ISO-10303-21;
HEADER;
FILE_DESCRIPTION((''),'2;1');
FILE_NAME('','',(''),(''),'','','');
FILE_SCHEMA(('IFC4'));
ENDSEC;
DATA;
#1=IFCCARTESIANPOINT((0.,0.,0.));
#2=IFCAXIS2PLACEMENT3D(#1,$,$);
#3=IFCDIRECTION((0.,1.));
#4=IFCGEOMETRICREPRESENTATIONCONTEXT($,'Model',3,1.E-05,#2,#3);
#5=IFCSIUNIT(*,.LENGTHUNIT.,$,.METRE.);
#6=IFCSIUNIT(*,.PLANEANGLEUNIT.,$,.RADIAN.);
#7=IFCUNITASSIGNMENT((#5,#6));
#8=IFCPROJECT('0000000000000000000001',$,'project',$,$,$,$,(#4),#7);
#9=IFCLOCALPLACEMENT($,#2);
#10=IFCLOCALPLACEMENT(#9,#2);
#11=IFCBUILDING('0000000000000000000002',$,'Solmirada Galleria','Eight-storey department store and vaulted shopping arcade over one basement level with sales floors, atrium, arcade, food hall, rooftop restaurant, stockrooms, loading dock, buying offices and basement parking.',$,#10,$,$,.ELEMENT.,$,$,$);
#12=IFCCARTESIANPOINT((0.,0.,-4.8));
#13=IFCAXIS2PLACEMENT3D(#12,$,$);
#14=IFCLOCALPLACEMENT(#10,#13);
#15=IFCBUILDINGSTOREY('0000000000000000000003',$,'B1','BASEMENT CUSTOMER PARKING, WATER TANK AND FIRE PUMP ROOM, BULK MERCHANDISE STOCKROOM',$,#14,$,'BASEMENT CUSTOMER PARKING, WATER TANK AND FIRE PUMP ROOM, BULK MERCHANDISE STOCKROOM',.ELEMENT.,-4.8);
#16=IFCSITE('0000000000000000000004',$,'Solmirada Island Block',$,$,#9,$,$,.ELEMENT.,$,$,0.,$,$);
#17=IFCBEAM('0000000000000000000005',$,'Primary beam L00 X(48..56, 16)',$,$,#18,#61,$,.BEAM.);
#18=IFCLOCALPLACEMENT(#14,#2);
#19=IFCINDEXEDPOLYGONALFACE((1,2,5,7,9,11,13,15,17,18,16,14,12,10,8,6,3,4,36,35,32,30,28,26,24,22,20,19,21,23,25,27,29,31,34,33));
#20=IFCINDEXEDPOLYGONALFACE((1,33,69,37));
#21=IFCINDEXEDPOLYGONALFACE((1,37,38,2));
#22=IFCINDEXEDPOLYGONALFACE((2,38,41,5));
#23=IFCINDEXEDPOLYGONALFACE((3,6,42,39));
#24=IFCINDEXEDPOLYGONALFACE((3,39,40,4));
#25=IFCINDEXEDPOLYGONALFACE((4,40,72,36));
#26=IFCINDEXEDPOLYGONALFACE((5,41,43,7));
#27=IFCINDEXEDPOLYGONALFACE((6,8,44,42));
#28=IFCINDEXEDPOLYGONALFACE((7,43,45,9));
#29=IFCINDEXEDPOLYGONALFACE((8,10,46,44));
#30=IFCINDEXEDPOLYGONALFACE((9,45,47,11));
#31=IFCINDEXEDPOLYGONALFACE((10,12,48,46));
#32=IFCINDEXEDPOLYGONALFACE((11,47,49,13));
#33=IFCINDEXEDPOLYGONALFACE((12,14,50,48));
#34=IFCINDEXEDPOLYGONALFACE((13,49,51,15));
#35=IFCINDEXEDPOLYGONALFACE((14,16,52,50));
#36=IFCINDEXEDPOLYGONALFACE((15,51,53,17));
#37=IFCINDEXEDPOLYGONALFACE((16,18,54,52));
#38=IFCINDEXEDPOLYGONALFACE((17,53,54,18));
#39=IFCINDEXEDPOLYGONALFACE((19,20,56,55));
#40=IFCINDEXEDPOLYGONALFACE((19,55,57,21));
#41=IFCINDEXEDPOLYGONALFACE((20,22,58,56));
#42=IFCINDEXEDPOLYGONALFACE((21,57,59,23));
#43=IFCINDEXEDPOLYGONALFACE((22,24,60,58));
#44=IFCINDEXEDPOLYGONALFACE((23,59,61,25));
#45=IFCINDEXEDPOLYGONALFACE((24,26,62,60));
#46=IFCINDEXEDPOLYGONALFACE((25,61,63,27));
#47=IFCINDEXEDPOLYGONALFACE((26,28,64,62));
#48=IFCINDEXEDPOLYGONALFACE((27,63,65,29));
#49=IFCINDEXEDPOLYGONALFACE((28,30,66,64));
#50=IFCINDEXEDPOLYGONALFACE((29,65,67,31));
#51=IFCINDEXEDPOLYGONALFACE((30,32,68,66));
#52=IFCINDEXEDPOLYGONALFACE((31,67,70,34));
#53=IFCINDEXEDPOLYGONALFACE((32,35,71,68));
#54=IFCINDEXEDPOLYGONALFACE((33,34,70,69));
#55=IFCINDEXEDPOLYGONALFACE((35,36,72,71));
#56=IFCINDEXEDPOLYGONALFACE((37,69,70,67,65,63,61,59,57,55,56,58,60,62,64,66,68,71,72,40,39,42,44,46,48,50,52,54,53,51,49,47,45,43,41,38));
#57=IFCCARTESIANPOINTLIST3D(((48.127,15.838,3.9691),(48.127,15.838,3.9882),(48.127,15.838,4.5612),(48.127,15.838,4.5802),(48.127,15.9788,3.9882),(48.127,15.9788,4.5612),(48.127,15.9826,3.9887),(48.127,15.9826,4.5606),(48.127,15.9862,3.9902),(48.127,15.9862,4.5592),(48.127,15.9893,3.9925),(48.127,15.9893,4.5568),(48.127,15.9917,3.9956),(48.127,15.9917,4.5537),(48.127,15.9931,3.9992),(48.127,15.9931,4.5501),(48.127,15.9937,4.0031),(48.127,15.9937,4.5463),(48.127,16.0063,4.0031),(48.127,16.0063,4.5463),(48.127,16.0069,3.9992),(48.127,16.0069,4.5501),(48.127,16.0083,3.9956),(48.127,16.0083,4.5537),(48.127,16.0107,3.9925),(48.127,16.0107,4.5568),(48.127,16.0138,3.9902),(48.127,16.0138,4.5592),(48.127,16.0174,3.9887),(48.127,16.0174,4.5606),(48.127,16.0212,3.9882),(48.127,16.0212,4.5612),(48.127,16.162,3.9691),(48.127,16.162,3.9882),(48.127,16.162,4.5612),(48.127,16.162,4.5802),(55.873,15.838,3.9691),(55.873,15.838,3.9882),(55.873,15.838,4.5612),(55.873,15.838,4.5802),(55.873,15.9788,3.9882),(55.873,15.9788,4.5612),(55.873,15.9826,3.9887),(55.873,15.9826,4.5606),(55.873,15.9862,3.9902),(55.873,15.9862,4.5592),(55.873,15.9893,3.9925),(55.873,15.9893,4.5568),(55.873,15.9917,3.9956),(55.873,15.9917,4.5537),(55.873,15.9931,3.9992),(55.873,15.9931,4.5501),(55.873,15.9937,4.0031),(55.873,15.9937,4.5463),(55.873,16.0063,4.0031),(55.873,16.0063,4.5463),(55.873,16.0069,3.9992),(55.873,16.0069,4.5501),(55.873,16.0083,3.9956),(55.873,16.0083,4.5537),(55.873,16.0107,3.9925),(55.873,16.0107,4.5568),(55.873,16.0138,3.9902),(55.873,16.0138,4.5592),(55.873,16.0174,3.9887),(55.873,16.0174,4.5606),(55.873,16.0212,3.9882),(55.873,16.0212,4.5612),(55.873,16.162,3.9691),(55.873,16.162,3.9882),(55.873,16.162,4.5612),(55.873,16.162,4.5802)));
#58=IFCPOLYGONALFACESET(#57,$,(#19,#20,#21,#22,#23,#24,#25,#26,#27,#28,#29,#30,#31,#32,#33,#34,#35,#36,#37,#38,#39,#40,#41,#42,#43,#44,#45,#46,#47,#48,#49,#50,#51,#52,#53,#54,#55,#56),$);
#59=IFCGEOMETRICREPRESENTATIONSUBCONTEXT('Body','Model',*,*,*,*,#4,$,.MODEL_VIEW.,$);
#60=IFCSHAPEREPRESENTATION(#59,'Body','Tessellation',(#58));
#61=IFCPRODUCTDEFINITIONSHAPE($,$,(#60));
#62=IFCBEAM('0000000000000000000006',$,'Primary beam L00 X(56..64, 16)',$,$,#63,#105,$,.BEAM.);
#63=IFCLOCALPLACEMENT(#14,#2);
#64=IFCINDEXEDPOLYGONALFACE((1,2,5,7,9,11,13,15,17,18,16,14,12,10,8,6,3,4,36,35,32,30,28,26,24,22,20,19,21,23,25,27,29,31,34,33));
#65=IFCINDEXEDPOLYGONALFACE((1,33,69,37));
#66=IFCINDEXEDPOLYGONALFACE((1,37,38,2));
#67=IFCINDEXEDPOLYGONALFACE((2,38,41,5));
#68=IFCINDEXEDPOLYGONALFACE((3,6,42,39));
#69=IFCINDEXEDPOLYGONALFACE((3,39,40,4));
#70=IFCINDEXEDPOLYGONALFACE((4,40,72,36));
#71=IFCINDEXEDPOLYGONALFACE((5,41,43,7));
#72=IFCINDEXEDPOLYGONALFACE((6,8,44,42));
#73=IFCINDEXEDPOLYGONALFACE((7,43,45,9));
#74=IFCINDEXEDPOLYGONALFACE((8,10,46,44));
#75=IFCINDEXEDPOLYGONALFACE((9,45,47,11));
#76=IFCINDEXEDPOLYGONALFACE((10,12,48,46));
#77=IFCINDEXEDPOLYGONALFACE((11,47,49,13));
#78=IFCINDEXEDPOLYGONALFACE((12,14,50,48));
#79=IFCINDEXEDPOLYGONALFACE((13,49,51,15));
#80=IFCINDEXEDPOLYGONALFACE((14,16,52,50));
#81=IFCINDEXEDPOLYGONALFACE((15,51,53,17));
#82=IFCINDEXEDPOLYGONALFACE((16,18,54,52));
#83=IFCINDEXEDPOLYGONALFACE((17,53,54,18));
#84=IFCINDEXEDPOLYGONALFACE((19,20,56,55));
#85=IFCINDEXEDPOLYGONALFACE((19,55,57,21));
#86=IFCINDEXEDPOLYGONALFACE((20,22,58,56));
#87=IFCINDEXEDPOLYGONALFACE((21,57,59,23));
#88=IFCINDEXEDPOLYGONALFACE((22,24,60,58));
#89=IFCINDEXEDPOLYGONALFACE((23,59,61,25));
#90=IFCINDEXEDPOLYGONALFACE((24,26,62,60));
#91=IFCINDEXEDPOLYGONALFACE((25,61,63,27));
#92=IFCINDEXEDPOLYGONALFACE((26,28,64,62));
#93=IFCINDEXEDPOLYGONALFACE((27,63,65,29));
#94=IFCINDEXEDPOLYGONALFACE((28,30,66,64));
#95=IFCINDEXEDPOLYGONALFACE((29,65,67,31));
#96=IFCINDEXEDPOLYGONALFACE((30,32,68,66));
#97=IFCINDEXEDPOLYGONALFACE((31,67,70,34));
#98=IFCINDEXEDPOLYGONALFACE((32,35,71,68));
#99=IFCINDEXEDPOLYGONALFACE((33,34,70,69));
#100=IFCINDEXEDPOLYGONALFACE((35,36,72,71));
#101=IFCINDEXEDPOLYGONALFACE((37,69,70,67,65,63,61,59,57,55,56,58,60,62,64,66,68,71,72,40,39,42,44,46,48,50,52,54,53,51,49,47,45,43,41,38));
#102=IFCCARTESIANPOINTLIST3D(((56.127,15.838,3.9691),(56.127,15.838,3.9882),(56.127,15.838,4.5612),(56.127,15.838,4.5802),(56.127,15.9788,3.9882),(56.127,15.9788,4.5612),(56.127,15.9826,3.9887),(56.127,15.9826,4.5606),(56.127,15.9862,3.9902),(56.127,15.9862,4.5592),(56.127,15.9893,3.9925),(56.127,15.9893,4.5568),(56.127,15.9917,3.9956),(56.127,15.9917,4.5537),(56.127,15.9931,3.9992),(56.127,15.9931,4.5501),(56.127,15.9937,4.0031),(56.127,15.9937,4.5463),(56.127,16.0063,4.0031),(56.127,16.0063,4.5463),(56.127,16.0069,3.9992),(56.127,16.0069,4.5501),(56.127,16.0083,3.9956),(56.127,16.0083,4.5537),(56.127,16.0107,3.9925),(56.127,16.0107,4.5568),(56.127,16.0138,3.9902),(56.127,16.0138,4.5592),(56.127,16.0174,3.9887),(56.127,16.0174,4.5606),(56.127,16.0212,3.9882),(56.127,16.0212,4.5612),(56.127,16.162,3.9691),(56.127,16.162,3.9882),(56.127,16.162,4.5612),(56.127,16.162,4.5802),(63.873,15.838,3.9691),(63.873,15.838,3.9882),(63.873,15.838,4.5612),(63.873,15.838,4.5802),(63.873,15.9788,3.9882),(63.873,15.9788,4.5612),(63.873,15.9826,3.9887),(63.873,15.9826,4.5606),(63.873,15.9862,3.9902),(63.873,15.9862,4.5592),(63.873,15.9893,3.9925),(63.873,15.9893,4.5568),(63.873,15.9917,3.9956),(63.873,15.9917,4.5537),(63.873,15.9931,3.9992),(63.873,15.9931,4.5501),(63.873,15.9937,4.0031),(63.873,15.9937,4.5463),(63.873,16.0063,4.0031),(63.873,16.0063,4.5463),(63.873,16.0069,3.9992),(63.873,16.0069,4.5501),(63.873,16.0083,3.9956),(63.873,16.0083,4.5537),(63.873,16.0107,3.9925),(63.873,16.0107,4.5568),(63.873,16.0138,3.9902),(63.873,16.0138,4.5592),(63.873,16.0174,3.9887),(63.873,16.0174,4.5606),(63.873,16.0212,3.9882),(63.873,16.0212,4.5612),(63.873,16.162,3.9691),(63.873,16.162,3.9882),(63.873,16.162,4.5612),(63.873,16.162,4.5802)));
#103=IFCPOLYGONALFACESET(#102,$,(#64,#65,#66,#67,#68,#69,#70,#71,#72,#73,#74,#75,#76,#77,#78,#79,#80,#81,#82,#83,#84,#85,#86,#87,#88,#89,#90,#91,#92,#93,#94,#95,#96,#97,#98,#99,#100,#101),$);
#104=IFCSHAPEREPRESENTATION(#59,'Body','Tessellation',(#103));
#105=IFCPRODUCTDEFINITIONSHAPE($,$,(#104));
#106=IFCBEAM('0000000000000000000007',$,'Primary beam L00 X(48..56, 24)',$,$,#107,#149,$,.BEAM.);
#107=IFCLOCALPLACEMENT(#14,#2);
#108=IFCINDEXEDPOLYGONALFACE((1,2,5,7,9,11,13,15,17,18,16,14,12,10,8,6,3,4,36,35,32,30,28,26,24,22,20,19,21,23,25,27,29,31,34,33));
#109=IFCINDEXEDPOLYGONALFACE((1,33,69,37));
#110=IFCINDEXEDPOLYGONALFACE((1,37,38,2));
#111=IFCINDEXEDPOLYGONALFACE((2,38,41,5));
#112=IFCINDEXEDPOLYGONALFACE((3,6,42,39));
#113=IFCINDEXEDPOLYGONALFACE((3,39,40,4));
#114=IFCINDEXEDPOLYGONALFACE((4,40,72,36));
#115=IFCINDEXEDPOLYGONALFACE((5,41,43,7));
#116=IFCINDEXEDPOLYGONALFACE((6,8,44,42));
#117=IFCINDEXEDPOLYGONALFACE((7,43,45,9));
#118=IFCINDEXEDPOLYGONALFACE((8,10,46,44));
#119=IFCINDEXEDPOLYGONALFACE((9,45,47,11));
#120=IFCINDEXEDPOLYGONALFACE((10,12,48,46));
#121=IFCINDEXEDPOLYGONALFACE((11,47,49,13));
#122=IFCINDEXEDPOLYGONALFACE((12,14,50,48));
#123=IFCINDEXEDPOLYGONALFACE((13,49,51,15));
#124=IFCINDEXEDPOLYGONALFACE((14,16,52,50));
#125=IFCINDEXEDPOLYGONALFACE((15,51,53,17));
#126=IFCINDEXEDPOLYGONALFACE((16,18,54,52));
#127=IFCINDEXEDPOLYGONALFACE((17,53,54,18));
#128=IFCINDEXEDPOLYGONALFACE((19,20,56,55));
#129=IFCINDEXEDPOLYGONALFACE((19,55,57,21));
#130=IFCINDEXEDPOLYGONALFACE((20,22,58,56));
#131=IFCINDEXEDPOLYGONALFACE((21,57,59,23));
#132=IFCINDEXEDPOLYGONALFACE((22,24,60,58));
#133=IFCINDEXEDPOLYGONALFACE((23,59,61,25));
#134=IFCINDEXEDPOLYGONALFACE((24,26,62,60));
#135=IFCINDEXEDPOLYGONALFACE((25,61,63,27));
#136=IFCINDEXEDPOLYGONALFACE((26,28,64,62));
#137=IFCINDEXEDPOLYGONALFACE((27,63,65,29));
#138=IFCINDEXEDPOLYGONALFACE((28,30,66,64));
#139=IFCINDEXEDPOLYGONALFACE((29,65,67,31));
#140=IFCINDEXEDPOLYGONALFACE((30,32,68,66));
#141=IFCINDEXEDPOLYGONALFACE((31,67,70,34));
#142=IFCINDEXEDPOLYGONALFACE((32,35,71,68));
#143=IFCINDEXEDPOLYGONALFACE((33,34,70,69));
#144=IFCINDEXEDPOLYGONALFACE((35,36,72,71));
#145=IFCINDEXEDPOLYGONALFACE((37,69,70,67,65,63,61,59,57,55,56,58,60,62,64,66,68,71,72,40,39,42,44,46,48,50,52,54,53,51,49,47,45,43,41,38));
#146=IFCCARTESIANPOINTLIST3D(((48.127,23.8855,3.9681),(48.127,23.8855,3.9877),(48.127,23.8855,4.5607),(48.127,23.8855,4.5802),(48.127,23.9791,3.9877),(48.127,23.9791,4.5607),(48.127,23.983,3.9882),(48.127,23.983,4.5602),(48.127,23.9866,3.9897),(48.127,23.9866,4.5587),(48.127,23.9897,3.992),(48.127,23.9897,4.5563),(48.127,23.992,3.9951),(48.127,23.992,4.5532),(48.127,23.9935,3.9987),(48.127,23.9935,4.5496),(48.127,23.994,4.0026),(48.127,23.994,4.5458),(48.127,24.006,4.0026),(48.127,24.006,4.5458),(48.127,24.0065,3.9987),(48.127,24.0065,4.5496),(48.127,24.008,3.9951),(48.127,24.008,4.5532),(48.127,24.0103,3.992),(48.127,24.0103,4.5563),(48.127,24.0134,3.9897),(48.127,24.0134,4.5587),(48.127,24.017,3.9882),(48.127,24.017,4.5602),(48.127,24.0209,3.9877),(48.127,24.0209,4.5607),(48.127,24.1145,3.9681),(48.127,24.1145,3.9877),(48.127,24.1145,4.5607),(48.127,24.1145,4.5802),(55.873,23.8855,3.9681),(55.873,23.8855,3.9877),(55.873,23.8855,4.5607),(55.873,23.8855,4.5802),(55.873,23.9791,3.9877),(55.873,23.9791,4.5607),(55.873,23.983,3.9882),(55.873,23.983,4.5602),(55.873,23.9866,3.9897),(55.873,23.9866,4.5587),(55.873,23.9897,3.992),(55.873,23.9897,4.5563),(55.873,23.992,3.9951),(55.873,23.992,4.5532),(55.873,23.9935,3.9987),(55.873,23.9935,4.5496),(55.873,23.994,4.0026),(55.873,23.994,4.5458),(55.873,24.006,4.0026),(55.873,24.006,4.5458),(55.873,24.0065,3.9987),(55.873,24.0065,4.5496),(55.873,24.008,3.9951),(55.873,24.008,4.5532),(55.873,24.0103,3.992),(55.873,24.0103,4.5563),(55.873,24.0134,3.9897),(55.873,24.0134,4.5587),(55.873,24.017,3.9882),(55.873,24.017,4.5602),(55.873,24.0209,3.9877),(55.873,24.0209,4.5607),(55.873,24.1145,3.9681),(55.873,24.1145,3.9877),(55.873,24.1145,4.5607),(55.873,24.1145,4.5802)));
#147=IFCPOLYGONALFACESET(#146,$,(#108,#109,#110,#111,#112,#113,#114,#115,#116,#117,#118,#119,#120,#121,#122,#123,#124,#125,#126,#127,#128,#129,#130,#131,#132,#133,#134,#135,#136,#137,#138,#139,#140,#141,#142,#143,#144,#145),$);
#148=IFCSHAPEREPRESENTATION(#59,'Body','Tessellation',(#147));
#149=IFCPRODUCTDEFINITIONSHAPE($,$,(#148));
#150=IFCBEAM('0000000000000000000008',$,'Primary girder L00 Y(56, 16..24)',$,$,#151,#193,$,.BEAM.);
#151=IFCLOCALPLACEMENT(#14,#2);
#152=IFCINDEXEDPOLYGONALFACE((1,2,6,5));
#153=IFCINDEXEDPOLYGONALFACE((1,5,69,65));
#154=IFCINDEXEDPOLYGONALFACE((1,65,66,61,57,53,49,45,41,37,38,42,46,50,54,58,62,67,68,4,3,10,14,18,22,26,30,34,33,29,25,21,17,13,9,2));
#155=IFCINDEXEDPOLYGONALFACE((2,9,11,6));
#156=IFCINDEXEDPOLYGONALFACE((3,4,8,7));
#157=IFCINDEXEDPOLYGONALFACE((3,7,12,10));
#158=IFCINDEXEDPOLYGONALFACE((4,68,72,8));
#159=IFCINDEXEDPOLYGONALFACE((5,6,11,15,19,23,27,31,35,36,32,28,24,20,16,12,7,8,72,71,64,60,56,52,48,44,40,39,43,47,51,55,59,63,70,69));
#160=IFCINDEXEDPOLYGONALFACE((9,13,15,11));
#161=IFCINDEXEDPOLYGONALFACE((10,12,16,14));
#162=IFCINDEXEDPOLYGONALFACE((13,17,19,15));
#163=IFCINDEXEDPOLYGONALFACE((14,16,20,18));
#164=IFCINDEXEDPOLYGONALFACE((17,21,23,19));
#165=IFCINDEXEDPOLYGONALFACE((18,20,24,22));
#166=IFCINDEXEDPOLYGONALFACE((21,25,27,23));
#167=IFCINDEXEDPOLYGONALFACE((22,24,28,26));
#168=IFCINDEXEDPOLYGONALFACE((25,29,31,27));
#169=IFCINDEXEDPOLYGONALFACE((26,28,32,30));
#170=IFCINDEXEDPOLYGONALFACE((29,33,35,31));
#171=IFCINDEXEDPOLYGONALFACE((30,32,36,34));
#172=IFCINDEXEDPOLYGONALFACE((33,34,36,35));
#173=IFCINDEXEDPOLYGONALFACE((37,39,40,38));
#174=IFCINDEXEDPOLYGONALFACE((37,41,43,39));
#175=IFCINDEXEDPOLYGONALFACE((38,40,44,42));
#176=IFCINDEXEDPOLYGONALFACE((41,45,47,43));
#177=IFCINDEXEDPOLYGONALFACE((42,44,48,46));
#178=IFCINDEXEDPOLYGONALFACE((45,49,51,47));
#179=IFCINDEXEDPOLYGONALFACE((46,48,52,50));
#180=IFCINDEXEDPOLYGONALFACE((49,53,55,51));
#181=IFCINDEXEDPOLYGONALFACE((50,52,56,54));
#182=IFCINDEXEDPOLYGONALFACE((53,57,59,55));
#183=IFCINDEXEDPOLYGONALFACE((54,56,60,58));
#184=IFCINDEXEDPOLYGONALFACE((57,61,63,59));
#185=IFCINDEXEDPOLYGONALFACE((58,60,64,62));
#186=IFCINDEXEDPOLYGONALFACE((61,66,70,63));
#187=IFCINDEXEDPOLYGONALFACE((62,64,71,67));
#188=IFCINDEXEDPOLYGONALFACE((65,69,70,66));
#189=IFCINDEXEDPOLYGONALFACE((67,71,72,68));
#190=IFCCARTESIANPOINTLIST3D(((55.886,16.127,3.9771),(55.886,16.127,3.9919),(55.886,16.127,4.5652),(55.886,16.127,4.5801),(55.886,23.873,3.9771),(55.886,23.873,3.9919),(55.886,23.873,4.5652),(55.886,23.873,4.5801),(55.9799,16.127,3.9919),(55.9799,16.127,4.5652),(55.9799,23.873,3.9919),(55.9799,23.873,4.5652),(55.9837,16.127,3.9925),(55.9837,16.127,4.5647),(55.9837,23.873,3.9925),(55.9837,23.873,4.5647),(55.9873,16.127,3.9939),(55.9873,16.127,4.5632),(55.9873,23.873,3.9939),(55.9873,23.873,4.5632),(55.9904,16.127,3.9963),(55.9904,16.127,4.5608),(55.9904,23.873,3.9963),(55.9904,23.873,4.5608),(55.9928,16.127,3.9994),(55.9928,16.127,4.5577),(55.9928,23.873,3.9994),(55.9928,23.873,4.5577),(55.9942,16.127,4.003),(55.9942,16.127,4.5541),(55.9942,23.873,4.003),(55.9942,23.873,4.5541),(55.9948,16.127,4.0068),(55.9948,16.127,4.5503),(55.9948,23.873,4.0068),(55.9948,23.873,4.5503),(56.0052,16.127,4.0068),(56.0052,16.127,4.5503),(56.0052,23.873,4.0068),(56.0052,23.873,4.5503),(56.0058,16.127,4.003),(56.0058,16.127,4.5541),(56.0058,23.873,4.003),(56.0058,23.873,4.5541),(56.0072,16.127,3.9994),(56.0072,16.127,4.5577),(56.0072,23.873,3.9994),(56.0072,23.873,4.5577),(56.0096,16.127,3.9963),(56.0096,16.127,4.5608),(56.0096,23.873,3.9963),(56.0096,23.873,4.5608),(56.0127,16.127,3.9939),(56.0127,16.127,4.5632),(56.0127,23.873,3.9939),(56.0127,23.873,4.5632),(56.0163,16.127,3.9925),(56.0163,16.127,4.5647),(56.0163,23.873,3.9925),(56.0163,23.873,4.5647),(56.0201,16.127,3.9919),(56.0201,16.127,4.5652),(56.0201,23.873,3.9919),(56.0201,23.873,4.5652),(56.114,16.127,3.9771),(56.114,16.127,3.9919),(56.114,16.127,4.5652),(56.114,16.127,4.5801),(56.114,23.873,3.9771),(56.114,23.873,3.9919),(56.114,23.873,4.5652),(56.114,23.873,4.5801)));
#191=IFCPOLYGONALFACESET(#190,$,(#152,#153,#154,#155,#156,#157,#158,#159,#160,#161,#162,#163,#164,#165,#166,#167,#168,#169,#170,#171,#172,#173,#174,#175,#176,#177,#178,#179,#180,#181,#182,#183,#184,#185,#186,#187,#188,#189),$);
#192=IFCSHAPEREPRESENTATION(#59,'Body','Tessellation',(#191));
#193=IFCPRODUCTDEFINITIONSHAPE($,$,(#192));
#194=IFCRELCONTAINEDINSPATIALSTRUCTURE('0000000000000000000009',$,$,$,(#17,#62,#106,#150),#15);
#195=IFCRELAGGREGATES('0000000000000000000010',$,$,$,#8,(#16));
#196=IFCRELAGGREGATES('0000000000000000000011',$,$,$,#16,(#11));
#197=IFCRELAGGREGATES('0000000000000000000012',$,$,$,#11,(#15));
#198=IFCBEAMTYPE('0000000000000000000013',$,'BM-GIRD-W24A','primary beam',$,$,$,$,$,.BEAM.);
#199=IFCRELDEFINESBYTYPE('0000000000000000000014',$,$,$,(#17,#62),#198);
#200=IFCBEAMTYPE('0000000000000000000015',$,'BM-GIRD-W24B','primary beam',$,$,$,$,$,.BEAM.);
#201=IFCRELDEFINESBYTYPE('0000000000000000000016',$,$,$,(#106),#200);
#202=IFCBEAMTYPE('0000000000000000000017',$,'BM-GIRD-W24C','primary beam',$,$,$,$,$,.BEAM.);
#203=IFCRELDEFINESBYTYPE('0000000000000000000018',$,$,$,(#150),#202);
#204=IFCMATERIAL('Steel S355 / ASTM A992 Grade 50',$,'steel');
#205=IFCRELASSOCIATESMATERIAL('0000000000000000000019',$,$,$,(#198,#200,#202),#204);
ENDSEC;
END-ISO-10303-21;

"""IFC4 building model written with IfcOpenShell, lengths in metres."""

from ifc_helpers import new_model, si_unit, direction, frame, origin, origin_2d, place, context, subcontext, project, spatial, i_section, extrude, material, material_profile, profile_set, type_object, element, save


model = new_model("IFC4")

# Units and contexts
model_context = context("Model", 3, precision=1e-05, world=origin(), true_north=direction((0.0, 1.0)))
body_context = subcontext(model_context, "Body", "Model", "MODEL_VIEW")
ifc_project = project(units=[si_unit("LENGTHUNIT", "METRE"), si_unit("PLANEANGLEUNIT", "RADIAN")], contexts=[model_context])

# Site, building, storey
site_placement = place(None, origin())
site = spatial("IfcSite", under=ifc_project, at=site_placement, Name="Solmirada Island Block", CompositionType="ELEMENT", RefElevation=0.0)
building_placement = place(site_placement, origin())
building = spatial("IfcBuilding", under=site, at=building_placement, Name="Solmirada Galleria", Description="Eight-storey department store and vaulted shopping arcade over one basement level with sales floors, atrium, arcade, food hall, rooftop restaurant, stockrooms, loading dock, buying offices and basement parking.", CompositionType="ELEMENT")
storey_placement = place(building_placement, frame((0.0, 0.0, -4.8)))
storey = spatial("IfcBuildingStorey", under=building, at=storey_placement, Name="B1", Description="BASEMENT CUSTOMER PARKING, WATER TANK AND FIRE PUMP ROOM, BULK MERCHANDISE STOCKROOM", LongName="BASEMENT CUSTOMER PARKING, WATER TANK AND FIRE PUMP ROOM, BULK MERCHANDISE STOCKROOM", CompositionType="ELEMENT", Elevation=-4.8)

# Beams
ifc_material_1 = material(Name="Steel S355 / ASTM A992 Grade 50", Category="steel")
ifc_material_profile_1 = material_profile(ifc_material_1, i_section(OverallWidth=0.324, OverallDepth=0.6111, WebThickness=0.0127, FlangeThickness=0.019, FilletRadius=0.0149, at=origin_2d()), Name="W24X104")
ifc_profile_set_1 = profile_set([ifc_material_profile_1], Name="Steel S355 / ASTM A992 Grade 50")
beam_type_1 = type_object("IfcBeamType", Name="BM-GIRD-W24A", Description="primary beam", PredefinedType="BEAM", material=ifc_profile_set_1)
for number, where, z_axis, x_axis, name in (
    (1, (48.127, 16.0, 4.2747), (1.0, 0.0, 0.0), (0.0, 1.0, 0.0), "Primary beam L00 X(48..56, 16)"),
    (2, (56.127, 16.0, 4.2747), (1.0, 0.0, 0.0), (0.0, 1.0, 0.0), "Primary beam L00 X(56..64, 16)"),
):
    element("IfcBeam", number, at=place(storey_placement, frame(where, z_axis=z_axis, x_axis=x_axis)), inside=storey, type_object=beam_type_1, Name=name, PredefinedType="BEAM", context=body_context, shape_type="SweptSolid", body=[
        extrude(i_section(OverallWidth=0.324, OverallDepth=0.6111, WebThickness=0.0127, FlangeThickness=0.019, FilletRadius=0.0149, at=origin_2d()), origin(), (0.0, 0.0, 1.0), 7.7461),
    ])
ifc_material_profile_2 = material_profile(ifc_material_1, i_section(OverallWidth=0.229, OverallDepth=0.6121, WebThickness=0.012, FlangeThickness=0.0195, FilletRadius=0.0149, at=origin_2d()), Name="W24X84")
ifc_profile_set_2 = profile_set([ifc_material_profile_2], Name="Steel S355 / ASTM A992 Grade 50")
beam_type_2 = type_object("IfcBeamType", Name="BM-GIRD-W24B", Description="primary beam", PredefinedType="BEAM", material=ifc_profile_set_2)
beam_1_placement = place(storey_placement, frame((48.127, 24.0, 4.2742), z_axis=(1.0, 0.0, 0.0), x_axis=(0.0, 1.0, 0.0)))
element("IfcBeam", 3, at=beam_1_placement, inside=storey, type_object=beam_type_2, Name="Primary beam L00 X(48..56, 24)", PredefinedType="BEAM", context=body_context, shape_type="SweptSolid", body=[
    extrude(i_section(OverallWidth=0.229, OverallDepth=0.6121, WebThickness=0.012, FlangeThickness=0.0195, FilletRadius=0.0149, at=origin_2d()), origin(), (0.0, 0.0, 1.0), 7.7461),
])
ifc_material_profile_3 = material_profile(ifc_material_1, i_section(OverallWidth=0.228, OverallDepth=0.603, WebThickness=0.0105, FlangeThickness=0.0149, FilletRadius=0.0149, at=origin_2d()), Name="W24X68")
ifc_profile_set_3 = profile_set([ifc_material_profile_3], Name="Steel S355 / ASTM A992 Grade 50")
beam_type_3 = type_object("IfcBeamType", Name="BM-GIRD-W24C", Description="primary beam", PredefinedType="BEAM", material=ifc_profile_set_3)
beam_2_placement = place(storey_placement, frame((56.0, 16.127, 4.2786), z_axis=(0.0, 1.0, 0.0), x_axis=(-1.0, 0.0, 0.0)))
element("IfcBeam", 4, at=beam_2_placement, inside=storey, type_object=beam_type_3, Name="Primary girder L00 Y(56, 16..24)", PredefinedType="BEAM", context=body_context, shape_type="SweptSolid", body=[
    extrude(i_section(OverallWidth=0.228, OverallDepth=0.603, WebThickness=0.0105, FlangeThickness=0.0149, FilletRadius=0.0149, at=origin_2d()), origin(), (0.0, 0.0, 1.0), 7.7461),
])

save(model, "model.ifc")
